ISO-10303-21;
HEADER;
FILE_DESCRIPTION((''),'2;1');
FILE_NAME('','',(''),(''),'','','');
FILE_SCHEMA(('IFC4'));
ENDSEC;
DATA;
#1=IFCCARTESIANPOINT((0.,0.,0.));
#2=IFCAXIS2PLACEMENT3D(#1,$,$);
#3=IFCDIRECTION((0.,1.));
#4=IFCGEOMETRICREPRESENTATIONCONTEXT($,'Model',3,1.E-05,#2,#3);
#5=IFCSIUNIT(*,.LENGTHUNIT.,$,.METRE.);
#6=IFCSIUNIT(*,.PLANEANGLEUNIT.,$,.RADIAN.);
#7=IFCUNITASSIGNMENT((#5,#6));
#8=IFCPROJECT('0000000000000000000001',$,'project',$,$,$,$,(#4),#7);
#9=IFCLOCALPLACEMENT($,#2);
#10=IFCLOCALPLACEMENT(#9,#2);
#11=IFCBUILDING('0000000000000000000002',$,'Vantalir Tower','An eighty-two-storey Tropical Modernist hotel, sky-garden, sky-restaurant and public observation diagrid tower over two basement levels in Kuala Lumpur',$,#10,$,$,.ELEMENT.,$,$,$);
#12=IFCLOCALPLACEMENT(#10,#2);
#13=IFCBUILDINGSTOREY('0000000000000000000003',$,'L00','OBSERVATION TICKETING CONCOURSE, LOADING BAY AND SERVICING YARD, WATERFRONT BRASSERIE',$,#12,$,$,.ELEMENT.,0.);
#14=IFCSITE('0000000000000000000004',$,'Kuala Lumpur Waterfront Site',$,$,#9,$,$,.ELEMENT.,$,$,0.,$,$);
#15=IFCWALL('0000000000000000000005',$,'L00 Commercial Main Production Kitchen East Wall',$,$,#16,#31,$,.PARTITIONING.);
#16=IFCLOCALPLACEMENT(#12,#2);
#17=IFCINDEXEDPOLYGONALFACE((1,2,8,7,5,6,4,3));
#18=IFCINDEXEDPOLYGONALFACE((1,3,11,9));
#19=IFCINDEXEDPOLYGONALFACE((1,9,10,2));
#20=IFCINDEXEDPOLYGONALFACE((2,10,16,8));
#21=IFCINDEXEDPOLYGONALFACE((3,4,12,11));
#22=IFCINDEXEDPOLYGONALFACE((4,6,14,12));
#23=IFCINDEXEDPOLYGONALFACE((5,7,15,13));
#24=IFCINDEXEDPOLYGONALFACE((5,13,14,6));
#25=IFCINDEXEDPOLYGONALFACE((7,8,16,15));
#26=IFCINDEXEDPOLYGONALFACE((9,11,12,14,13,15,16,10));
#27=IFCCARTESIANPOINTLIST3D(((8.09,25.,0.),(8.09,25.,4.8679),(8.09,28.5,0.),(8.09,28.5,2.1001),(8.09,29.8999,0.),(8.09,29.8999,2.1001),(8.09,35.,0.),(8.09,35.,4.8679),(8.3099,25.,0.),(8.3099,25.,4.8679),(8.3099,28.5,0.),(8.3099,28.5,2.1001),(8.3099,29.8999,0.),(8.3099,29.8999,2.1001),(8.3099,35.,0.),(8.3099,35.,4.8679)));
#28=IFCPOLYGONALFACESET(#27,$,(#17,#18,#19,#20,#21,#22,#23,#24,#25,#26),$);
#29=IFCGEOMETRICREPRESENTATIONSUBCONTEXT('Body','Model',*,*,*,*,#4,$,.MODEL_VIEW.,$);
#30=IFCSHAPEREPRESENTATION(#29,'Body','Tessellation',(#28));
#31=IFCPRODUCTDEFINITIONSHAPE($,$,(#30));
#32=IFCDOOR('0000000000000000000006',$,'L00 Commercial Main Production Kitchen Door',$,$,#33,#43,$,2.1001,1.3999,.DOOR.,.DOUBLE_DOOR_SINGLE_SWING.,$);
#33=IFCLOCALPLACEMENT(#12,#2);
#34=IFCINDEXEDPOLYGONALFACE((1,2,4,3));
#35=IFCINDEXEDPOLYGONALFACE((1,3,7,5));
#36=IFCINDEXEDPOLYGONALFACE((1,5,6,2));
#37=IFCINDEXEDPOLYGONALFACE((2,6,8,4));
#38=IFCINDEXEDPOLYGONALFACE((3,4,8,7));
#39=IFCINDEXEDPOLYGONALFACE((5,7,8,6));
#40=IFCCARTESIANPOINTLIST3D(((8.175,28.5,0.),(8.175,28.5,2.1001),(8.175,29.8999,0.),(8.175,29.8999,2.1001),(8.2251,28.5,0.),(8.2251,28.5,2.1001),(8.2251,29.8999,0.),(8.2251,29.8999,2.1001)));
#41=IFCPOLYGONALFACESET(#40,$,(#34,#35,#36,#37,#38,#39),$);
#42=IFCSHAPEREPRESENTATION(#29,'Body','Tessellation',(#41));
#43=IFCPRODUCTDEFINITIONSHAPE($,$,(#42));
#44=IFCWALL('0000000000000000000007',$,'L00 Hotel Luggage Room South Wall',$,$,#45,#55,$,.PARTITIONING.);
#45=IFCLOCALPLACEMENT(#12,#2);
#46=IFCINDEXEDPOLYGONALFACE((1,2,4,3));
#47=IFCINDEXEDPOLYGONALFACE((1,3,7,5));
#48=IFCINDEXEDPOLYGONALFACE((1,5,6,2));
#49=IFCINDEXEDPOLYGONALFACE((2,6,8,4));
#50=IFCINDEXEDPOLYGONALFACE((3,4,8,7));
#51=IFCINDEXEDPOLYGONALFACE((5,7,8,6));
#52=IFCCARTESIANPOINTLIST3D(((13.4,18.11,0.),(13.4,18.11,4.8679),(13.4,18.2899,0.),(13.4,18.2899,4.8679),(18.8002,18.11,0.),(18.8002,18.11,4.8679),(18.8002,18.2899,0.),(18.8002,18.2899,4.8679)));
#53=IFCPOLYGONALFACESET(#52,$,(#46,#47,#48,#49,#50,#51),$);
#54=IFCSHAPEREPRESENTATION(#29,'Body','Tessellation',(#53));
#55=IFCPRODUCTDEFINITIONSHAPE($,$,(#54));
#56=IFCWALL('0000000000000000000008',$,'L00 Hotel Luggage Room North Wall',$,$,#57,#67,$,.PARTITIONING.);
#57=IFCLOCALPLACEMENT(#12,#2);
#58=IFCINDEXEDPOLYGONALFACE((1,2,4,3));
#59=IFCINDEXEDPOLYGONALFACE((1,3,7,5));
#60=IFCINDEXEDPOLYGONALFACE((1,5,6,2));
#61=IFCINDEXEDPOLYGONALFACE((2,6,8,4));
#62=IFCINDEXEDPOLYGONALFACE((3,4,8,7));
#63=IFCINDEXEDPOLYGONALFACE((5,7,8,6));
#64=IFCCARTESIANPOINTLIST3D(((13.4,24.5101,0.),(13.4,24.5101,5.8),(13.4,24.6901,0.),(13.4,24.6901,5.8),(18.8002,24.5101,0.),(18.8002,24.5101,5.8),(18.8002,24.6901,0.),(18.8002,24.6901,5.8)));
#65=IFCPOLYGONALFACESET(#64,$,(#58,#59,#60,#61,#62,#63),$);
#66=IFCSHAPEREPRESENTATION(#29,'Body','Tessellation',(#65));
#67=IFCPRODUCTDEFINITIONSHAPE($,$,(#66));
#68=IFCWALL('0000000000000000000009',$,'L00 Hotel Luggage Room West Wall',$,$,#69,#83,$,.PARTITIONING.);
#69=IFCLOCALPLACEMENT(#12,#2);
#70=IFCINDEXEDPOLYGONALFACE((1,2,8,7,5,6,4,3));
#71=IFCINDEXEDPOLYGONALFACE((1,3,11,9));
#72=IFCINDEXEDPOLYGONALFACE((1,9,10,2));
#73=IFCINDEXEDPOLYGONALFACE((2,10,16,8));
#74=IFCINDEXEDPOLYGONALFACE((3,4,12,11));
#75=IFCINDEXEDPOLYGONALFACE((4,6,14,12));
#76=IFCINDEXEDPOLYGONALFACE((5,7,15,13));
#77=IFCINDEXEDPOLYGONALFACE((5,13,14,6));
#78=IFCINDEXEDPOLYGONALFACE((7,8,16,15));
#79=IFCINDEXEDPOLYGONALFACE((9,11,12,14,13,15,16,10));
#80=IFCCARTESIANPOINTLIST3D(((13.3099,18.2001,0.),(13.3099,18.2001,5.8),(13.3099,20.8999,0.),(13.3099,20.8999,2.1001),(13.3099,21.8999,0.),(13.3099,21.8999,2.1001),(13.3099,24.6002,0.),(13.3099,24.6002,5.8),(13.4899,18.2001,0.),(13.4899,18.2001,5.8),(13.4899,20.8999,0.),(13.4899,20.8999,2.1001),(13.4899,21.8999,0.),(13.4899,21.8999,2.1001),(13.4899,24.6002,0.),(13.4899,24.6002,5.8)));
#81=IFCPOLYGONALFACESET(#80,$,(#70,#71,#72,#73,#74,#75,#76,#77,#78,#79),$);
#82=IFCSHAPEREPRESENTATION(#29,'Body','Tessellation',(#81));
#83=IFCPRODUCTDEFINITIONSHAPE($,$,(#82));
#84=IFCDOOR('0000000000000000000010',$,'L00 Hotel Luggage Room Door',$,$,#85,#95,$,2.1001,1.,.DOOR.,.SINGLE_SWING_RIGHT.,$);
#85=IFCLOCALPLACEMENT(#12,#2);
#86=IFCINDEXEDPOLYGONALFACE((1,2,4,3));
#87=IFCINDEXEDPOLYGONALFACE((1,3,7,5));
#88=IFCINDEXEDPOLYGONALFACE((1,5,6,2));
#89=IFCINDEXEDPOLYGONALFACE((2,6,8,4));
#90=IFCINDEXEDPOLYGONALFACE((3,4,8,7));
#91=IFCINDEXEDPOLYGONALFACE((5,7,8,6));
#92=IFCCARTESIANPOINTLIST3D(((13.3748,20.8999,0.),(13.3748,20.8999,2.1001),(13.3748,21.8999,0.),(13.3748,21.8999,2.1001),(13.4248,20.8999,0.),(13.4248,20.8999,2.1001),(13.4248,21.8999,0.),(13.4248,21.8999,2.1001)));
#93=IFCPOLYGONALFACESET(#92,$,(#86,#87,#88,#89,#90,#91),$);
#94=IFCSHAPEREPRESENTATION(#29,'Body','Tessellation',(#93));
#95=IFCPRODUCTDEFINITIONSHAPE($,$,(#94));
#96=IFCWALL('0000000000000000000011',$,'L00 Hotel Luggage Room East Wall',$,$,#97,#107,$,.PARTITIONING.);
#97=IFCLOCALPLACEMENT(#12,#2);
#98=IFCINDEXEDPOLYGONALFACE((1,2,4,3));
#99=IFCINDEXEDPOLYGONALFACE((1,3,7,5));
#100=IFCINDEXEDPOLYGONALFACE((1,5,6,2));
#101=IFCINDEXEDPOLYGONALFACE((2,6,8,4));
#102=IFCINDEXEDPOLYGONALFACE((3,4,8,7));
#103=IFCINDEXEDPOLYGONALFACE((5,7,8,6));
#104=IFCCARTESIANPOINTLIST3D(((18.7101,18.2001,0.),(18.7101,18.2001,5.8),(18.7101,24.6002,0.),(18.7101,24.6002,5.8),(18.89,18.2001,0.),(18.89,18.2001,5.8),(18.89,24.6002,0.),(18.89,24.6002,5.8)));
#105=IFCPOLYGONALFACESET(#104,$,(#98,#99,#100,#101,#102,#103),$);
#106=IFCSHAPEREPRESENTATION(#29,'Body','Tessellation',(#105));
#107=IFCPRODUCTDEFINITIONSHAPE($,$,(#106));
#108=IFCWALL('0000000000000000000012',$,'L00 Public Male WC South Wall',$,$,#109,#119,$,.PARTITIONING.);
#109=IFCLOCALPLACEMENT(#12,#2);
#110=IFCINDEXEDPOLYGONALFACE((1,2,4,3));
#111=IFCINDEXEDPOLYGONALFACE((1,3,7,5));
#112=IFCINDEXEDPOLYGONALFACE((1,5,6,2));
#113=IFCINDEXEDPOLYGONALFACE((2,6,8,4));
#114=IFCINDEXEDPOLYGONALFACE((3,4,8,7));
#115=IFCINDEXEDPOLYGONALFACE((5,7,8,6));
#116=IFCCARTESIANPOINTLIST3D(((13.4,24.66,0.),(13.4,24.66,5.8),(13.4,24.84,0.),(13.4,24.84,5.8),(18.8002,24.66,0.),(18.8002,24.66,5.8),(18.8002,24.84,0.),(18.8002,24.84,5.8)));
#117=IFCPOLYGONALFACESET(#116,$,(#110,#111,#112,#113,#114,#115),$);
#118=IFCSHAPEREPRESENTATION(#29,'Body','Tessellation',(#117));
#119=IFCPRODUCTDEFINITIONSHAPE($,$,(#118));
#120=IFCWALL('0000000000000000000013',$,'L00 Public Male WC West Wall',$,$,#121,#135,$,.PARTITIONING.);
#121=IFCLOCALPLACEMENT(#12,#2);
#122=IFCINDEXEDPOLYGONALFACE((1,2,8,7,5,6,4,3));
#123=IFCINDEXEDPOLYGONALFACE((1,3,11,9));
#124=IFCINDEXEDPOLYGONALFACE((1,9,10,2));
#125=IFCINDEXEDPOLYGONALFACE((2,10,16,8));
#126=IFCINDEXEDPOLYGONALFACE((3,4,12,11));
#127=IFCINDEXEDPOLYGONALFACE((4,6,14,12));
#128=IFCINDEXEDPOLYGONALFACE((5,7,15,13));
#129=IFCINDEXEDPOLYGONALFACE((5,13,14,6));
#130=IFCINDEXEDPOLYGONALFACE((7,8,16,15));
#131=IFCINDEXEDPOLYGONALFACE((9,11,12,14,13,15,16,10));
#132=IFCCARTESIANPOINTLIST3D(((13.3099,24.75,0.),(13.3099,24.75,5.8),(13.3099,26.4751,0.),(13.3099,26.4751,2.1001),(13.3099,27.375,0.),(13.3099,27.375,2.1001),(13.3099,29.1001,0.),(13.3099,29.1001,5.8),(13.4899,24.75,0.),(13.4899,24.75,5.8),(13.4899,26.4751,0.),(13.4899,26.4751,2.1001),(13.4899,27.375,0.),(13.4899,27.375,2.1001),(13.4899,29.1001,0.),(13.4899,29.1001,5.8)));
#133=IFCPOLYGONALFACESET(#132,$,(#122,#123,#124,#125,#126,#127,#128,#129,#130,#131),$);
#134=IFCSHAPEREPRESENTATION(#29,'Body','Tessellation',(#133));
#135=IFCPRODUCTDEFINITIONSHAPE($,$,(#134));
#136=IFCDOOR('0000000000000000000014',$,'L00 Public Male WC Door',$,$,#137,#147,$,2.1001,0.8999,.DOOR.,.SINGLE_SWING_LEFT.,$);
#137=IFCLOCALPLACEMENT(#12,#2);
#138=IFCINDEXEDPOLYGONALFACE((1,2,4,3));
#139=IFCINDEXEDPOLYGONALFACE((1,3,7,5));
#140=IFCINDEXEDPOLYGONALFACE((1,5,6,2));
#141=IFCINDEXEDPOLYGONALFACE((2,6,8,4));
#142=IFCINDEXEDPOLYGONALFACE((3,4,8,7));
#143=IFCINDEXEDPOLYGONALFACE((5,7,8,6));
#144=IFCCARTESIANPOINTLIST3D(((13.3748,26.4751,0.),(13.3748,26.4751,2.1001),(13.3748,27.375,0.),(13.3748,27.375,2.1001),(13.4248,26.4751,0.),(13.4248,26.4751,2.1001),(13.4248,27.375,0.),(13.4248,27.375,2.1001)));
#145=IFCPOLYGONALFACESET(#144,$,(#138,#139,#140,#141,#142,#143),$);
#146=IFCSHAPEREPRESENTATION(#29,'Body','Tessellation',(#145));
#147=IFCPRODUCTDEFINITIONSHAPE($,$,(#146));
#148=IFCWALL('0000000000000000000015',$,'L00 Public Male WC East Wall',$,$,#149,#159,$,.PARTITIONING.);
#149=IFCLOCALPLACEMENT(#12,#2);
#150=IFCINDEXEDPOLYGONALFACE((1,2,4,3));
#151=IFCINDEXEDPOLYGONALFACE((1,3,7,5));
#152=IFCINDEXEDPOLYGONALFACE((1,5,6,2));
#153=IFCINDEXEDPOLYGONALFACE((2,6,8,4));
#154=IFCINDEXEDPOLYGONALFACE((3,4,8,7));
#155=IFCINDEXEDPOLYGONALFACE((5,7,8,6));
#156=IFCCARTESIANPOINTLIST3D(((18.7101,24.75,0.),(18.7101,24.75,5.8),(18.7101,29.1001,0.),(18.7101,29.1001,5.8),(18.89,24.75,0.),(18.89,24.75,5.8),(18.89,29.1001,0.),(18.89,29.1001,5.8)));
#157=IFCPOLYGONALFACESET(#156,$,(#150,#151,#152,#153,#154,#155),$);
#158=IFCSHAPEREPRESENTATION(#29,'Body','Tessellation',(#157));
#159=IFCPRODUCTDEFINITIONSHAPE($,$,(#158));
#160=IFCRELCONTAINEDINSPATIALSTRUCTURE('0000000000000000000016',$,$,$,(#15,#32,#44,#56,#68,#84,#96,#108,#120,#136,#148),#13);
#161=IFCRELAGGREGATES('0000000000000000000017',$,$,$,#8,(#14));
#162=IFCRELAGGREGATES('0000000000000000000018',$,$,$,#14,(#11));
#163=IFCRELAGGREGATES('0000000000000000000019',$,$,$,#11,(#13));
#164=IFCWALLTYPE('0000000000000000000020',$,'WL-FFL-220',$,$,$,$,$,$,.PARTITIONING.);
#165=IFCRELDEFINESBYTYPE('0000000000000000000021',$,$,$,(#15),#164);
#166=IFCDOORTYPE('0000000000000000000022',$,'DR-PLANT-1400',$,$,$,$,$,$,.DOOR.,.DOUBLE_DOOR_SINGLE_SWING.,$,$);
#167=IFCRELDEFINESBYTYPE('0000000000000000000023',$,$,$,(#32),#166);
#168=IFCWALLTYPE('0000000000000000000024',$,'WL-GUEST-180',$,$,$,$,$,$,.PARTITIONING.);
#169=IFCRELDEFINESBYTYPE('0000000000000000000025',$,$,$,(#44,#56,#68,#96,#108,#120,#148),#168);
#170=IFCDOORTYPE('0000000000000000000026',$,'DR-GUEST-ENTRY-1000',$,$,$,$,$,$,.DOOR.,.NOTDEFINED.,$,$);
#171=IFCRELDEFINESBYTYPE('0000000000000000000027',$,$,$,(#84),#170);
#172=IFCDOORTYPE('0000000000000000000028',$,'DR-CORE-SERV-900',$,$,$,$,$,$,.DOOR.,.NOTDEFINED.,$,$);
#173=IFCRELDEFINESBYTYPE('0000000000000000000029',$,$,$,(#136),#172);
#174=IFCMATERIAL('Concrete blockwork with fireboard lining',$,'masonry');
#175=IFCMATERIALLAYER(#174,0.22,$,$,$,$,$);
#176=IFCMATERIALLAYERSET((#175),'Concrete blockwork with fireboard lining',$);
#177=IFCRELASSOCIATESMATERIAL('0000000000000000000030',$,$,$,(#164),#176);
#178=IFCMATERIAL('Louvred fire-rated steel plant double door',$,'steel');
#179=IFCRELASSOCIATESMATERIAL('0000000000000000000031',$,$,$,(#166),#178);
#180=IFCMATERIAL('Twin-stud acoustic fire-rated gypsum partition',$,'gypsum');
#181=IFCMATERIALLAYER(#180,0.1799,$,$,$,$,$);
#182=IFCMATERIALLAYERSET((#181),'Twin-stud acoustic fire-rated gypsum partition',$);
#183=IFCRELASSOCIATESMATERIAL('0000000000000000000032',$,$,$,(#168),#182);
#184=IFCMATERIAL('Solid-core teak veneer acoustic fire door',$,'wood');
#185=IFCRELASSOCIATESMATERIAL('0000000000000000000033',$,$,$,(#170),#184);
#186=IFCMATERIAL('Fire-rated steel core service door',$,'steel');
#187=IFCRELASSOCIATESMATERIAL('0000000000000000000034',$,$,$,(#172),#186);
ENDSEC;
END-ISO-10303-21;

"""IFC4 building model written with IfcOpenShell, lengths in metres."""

from ifc_helpers import new_model, si_unit, direction, frame, frame_2d, origin, place, context, subcontext, project, spatial, rectangle, extrude, material, layer, layer_set, type_object, element, fill, save


model = new_model("IFC4")

# Units and contexts
model_context = context("Model", 3, precision=1e-05, world=origin(), true_north=direction((0.0, 1.0)))
body_context = subcontext(model_context, "Body", "Model", "MODEL_VIEW")
ifc_project = project(units=[si_unit("LENGTHUNIT", "METRE"), si_unit("PLANEANGLEUNIT", "RADIAN")], contexts=[model_context])

# Site, building, storey
site_placement = place(None, origin())
site = spatial("IfcSite", under=ifc_project, at=site_placement, Name="Kuala Lumpur Waterfront Site", CompositionType="ELEMENT", RefElevation=0.0)
building_placement = place(site_placement, origin())
building = spatial("IfcBuilding", under=site, at=building_placement, Name="Vantalir Tower", Description="An eighty-two-storey Tropical Modernist hotel, sky-garden, sky-restaurant and public observation diagrid tower over two basement levels in Kuala Lumpur", CompositionType="ELEMENT")
storey_placement = place(building_placement, origin())
storey = spatial("IfcBuildingStorey", under=building, at=storey_placement, Name="L00", Description="OBSERVATION TICKETING CONCOURSE, LOADING BAY AND SERVICING YARD, WATERFRONT BRASSERIE", CompositionType="ELEMENT", Elevation=0.0)

# Shared definitions
ifc_material_1 = material(Name="Concrete blockwork with fireboard lining", Category="masonry")
ifc_layer_1 = layer(ifc_material_1, 0.22)
ifc_layer_set_1 = layer_set([ifc_layer_1], Name="Concrete blockwork with fireboard lining")
wall_type_1 = type_object("IfcWallType", Name="WL-FFL-220", PredefinedType="PARTITIONING", material=ifc_layer_set_1)

# Wall, opening, door
wall_1_placement = place(storey_placement, frame((8.2, 25.0, 0.0), z_axis=(0.0, 0.0, 1.0), x_axis=(0.0, 1.0, 0.0)))
wall_1 = element("IfcWall", 1, at=wall_1_placement, inside=storey, type_object=wall_type_1, Name="L00 Commercial Main Production Kitchen East Wall", PredefinedType="PARTITIONING", context=body_context, shape_type="SweptSolid", body=[
    extrude(rectangle(XDim=10.0, YDim=0.22, at=frame_2d((5.0, 0.0))), origin(), (0.0, 0.0, 1.0), 4.8679),
])
opening_1_placement = place(wall_1_placement, frame((3.5, 0.0, 0.0)))
opening_1 = element("IfcOpeningElement", 2, at=opening_1_placement, cuts=wall_1, PredefinedType="OPENING", context=body_context, shape_type="SweptSolid", body=[
    extrude(rectangle(XDim=1.3999, YDim=2.1001, at=frame_2d((0.7, 1.05))), frame((0.0, 0.1199, 0.0), z_axis=(0.0, -1.0, 0.0), x_axis=(1.0, 0.0, 0.0)), (0.0, 0.0, 1.0), 0.24),
])
ifc_material_2 = material(Name="Louvred fire-rated steel plant double door", Category="steel")
door_type_1 = type_object("IfcDoorType", Name="DR-PLANT-1400", OperationType="DOUBLE_DOOR_SINGLE_SWING", PredefinedType="DOOR", material=ifc_material_2)
door_1_placement = place(opening_1_placement, origin())
door_1 = element("IfcDoor", 3, at=door_1_placement, inside=storey, type_object=door_type_1, Name="L00 Commercial Main Production Kitchen Door", OperationType="DOUBLE_DOOR_SINGLE_SWING", OverallHeight=2.1001, OverallWidth=1.3999, PredefinedType="DOOR", context=body_context, shape_type="SweptSolid", body=[
    extrude(rectangle(XDim=1.3999, YDim=2.1001, at=frame_2d((0.7, 1.05))), frame((0.0, 0.0249, 0.0), z_axis=(0.0, -1.0, 0.0), x_axis=(1.0, 0.0, 0.0)), (0.0, 0.0, 1.0), 0.05),
])
fill(opening_1, door_1)

# Walls
ifc_material_3 = material(Name="Twin-stud acoustic fire-rated gypsum partition", Category="gypsum")
ifc_layer_2 = layer(ifc_material_3, 0.1799)
ifc_layer_set_2 = layer_set([ifc_layer_2], Name="Twin-stud acoustic fire-rated gypsum partition")
wall_type_2 = type_object("IfcWallType", Name="WL-GUEST-180", PredefinedType="PARTITIONING", material=ifc_layer_set_2)
wall_2_placement = place(storey_placement, frame((13.3999, 18.2, 0.0), z_axis=(0.0, 0.0, 1.0), x_axis=(1.0, 0.0, 0.0)))
element("IfcWall", 4, at=wall_2_placement, inside=storey, type_object=wall_type_2, Name="L00 Hotel Luggage Room South Wall", PredefinedType="PARTITIONING", context=body_context, shape_type="SweptSolid", body=[
    extrude(rectangle(XDim=5.4001, YDim=0.1799, at=frame_2d((2.7002, 0.0))), origin(), (0.0, 0.0, 1.0), 4.8679),
])
wall_3_placement = place(storey_placement, frame((13.3999, 24.6001, 0.0), z_axis=(0.0, 0.0, 1.0), x_axis=(1.0, 0.0, 0.0)))
element("IfcWall", 5, at=wall_3_placement, inside=storey, type_object=wall_type_2, Name="L00 Hotel Luggage Room North Wall", PredefinedType="PARTITIONING", context=body_context, shape_type="SweptSolid", body=[
    extrude(rectangle(XDim=5.4001, YDim=0.1799, at=frame_2d((2.7002, 0.0))), origin(), (0.0, 0.0, 1.0), 5.8),
])

# Wall, opening, door
wall_4_placement = place(storey_placement, frame((13.3999, 18.2, 0.0), z_axis=(0.0, 0.0, 1.0), x_axis=(0.0, 1.0, 0.0)))
wall_4 = element("IfcWall", 6, at=wall_4_placement, inside=storey, type_object=wall_type_2, Name="L00 Hotel Luggage Room West Wall", PredefinedType="PARTITIONING", context=body_context, shape_type="SweptSolid", body=[
    extrude(rectangle(XDim=6.4001, YDim=0.1799, at=frame_2d((3.2002, 0.0))), origin(), (0.0, 0.0, 1.0), 5.8),
])
opening_2_placement = place(wall_4_placement, frame((2.7, 0.0, 0.0)))
opening_2 = element("IfcOpeningElement", 7, at=opening_2_placement, cuts=wall_4, PredefinedType="OPENING", context=body_context, shape_type="SweptSolid", body=[
    extrude(rectangle(XDim=1.0, YDim=2.1001, at=frame_2d((0.5, 1.05))), frame((0.0, 0.0999, 0.0), z_axis=(0.0, -1.0, 0.0), x_axis=(1.0, 0.0, 0.0)), (0.0, 0.0, 1.0), 0.2),
])
ifc_material_4 = material(Name="Solid-core teak veneer acoustic fire door", Category="wood")
door_type_2 = type_object("IfcDoorType", Name="DR-GUEST-ENTRY-1000", OperationType="NOTDEFINED", PredefinedType="DOOR", material=ifc_material_4)
door_2_placement = place(opening_2_placement, frame((1.0, 0.0, 0.0), z_axis=(0.0, 0.0, 1.0), x_axis=(-1.0, 0.0, 0.0)))
door_2 = element("IfcDoor", 8, at=door_2_placement, inside=storey, type_object=door_type_2, Name="L00 Hotel Luggage Room Door", OperationType="SINGLE_SWING_RIGHT", OverallHeight=2.1001, OverallWidth=1.0, PredefinedType="DOOR", context=body_context, shape_type="SweptSolid", body=[
    extrude(rectangle(XDim=1.0, YDim=2.1001, at=frame_2d((0.5, 1.05))), frame((0.0, 0.0249, 0.0), z_axis=(0.0, -1.0, 0.0), x_axis=(1.0, 0.0, 0.0)), (0.0, 0.0, 1.0), 0.05),
])
fill(opening_2, door_2)

# Walls
wall_5_placement = place(storey_placement, frame((18.8, 18.2, 0.0), z_axis=(0.0, 0.0, 1.0), x_axis=(0.0, 1.0, 0.0)))
element("IfcWall", 9, at=wall_5_placement, inside=storey, type_object=wall_type_2, Name="L00 Hotel Luggage Room East Wall", PredefinedType="PARTITIONING", context=body_context, shape_type="SweptSolid", body=[
    extrude(rectangle(XDim=6.4001, YDim=0.1799, at=frame_2d((3.2002, 0.0))), origin(), (0.0, 0.0, 1.0), 5.8),
])
wall_6_placement = place(storey_placement, frame((13.3999, 24.75, 0.0), z_axis=(0.0, 0.0, 1.0), x_axis=(1.0, 0.0, 0.0)))
element("IfcWall", 10, at=wall_6_placement, inside=storey, type_object=wall_type_2, Name="L00 Public Male WC South Wall", PredefinedType="PARTITIONING", context=body_context, shape_type="SweptSolid", body=[
    extrude(rectangle(XDim=5.4001, YDim=0.1799, at=frame_2d((2.7002, 0.0))), origin(), (0.0, 0.0, 1.0), 5.8),
])

# Wall, opening, door
wall_7_placement = place(storey_placement, frame((13.3999, 24.75, 0.0), z_axis=(0.0, 0.0, 1.0), x_axis=(0.0, 1.0, 0.0)))
wall_7 = element("IfcWall", 11, at=wall_7_placement, inside=storey, type_object=wall_type_2, Name="L00 Public Male WC West Wall", PredefinedType="PARTITIONING", context=body_context, shape_type="SweptSolid", body=[
    extrude(rectangle(XDim=4.3501, YDim=0.1799, at=frame_2d((2.175, 0.0))), origin(), (0.0, 0.0, 1.0), 5.8),
])
opening_3_placement = place(wall_7_placement, frame((1.7251, 0.0, 0.0)))
opening_3 = element("IfcOpeningElement", 12, at=opening_3_placement, cuts=wall_7, PredefinedType="OPENING", context=body_context, shape_type="SweptSolid", body=[
    extrude(rectangle(XDim=0.8999, YDim=2.1001, at=frame_2d((0.45, 1.05))), frame((0.0, 0.0999, 0.0), z_axis=(0.0, -1.0, 0.0), x_axis=(1.0, 0.0, 0.0)), (0.0, 0.0, 1.0), 0.2),
])
ifc_material_5 = material(Name="Fire-rated steel core service door", Category="steel")
door_type_3 = type_object("IfcDoorType", Name="DR-CORE-SERV-900", OperationType="NOTDEFINED", PredefinedType="DOOR", material=ifc_material_5)
door_3_placement = place(opening_3_placement, frame((0.8999, 0.0, 0.0), z_axis=(0.0, 0.0, 1.0), x_axis=(-1.0, 0.0, 0.0)))
door_3 = element("IfcDoor", 13, at=door_3_placement, inside=storey, type_object=door_type_3, Name="L00 Public Male WC Door", OperationType="SINGLE_SWING_LEFT", OverallHeight=2.1001, OverallWidth=0.8999, PredefinedType="DOOR", context=body_context, shape_type="SweptSolid", body=[
    extrude(rectangle(XDim=0.8999, YDim=2.1001, at=frame_2d((0.45, 1.05))), frame((0.0, 0.0249, 0.0), z_axis=(0.0, -1.0, 0.0), x_axis=(1.0, 0.0, 0.0)), (0.0, 0.0, 1.0), 0.05),
])
fill(opening_3, door_3)

# Wall
wall_8_placement = place(storey_placement, frame((18.8, 24.75, 0.0), z_axis=(0.0, 0.0, 1.0), x_axis=(0.0, 1.0, 0.0)))
element("IfcWall", 14, at=wall_8_placement, inside=storey, type_object=wall_type_2, Name="L00 Public Male WC East Wall", PredefinedType="PARTITIONING", context=body_context, shape_type="SweptSolid", body=[
    extrude(rectangle(XDim=4.3501, YDim=0.1799, at=frame_2d((2.175, 0.0))), origin(), (0.0, 0.0, 1.0), 5.8),
])

save(model, "model.ifc")
